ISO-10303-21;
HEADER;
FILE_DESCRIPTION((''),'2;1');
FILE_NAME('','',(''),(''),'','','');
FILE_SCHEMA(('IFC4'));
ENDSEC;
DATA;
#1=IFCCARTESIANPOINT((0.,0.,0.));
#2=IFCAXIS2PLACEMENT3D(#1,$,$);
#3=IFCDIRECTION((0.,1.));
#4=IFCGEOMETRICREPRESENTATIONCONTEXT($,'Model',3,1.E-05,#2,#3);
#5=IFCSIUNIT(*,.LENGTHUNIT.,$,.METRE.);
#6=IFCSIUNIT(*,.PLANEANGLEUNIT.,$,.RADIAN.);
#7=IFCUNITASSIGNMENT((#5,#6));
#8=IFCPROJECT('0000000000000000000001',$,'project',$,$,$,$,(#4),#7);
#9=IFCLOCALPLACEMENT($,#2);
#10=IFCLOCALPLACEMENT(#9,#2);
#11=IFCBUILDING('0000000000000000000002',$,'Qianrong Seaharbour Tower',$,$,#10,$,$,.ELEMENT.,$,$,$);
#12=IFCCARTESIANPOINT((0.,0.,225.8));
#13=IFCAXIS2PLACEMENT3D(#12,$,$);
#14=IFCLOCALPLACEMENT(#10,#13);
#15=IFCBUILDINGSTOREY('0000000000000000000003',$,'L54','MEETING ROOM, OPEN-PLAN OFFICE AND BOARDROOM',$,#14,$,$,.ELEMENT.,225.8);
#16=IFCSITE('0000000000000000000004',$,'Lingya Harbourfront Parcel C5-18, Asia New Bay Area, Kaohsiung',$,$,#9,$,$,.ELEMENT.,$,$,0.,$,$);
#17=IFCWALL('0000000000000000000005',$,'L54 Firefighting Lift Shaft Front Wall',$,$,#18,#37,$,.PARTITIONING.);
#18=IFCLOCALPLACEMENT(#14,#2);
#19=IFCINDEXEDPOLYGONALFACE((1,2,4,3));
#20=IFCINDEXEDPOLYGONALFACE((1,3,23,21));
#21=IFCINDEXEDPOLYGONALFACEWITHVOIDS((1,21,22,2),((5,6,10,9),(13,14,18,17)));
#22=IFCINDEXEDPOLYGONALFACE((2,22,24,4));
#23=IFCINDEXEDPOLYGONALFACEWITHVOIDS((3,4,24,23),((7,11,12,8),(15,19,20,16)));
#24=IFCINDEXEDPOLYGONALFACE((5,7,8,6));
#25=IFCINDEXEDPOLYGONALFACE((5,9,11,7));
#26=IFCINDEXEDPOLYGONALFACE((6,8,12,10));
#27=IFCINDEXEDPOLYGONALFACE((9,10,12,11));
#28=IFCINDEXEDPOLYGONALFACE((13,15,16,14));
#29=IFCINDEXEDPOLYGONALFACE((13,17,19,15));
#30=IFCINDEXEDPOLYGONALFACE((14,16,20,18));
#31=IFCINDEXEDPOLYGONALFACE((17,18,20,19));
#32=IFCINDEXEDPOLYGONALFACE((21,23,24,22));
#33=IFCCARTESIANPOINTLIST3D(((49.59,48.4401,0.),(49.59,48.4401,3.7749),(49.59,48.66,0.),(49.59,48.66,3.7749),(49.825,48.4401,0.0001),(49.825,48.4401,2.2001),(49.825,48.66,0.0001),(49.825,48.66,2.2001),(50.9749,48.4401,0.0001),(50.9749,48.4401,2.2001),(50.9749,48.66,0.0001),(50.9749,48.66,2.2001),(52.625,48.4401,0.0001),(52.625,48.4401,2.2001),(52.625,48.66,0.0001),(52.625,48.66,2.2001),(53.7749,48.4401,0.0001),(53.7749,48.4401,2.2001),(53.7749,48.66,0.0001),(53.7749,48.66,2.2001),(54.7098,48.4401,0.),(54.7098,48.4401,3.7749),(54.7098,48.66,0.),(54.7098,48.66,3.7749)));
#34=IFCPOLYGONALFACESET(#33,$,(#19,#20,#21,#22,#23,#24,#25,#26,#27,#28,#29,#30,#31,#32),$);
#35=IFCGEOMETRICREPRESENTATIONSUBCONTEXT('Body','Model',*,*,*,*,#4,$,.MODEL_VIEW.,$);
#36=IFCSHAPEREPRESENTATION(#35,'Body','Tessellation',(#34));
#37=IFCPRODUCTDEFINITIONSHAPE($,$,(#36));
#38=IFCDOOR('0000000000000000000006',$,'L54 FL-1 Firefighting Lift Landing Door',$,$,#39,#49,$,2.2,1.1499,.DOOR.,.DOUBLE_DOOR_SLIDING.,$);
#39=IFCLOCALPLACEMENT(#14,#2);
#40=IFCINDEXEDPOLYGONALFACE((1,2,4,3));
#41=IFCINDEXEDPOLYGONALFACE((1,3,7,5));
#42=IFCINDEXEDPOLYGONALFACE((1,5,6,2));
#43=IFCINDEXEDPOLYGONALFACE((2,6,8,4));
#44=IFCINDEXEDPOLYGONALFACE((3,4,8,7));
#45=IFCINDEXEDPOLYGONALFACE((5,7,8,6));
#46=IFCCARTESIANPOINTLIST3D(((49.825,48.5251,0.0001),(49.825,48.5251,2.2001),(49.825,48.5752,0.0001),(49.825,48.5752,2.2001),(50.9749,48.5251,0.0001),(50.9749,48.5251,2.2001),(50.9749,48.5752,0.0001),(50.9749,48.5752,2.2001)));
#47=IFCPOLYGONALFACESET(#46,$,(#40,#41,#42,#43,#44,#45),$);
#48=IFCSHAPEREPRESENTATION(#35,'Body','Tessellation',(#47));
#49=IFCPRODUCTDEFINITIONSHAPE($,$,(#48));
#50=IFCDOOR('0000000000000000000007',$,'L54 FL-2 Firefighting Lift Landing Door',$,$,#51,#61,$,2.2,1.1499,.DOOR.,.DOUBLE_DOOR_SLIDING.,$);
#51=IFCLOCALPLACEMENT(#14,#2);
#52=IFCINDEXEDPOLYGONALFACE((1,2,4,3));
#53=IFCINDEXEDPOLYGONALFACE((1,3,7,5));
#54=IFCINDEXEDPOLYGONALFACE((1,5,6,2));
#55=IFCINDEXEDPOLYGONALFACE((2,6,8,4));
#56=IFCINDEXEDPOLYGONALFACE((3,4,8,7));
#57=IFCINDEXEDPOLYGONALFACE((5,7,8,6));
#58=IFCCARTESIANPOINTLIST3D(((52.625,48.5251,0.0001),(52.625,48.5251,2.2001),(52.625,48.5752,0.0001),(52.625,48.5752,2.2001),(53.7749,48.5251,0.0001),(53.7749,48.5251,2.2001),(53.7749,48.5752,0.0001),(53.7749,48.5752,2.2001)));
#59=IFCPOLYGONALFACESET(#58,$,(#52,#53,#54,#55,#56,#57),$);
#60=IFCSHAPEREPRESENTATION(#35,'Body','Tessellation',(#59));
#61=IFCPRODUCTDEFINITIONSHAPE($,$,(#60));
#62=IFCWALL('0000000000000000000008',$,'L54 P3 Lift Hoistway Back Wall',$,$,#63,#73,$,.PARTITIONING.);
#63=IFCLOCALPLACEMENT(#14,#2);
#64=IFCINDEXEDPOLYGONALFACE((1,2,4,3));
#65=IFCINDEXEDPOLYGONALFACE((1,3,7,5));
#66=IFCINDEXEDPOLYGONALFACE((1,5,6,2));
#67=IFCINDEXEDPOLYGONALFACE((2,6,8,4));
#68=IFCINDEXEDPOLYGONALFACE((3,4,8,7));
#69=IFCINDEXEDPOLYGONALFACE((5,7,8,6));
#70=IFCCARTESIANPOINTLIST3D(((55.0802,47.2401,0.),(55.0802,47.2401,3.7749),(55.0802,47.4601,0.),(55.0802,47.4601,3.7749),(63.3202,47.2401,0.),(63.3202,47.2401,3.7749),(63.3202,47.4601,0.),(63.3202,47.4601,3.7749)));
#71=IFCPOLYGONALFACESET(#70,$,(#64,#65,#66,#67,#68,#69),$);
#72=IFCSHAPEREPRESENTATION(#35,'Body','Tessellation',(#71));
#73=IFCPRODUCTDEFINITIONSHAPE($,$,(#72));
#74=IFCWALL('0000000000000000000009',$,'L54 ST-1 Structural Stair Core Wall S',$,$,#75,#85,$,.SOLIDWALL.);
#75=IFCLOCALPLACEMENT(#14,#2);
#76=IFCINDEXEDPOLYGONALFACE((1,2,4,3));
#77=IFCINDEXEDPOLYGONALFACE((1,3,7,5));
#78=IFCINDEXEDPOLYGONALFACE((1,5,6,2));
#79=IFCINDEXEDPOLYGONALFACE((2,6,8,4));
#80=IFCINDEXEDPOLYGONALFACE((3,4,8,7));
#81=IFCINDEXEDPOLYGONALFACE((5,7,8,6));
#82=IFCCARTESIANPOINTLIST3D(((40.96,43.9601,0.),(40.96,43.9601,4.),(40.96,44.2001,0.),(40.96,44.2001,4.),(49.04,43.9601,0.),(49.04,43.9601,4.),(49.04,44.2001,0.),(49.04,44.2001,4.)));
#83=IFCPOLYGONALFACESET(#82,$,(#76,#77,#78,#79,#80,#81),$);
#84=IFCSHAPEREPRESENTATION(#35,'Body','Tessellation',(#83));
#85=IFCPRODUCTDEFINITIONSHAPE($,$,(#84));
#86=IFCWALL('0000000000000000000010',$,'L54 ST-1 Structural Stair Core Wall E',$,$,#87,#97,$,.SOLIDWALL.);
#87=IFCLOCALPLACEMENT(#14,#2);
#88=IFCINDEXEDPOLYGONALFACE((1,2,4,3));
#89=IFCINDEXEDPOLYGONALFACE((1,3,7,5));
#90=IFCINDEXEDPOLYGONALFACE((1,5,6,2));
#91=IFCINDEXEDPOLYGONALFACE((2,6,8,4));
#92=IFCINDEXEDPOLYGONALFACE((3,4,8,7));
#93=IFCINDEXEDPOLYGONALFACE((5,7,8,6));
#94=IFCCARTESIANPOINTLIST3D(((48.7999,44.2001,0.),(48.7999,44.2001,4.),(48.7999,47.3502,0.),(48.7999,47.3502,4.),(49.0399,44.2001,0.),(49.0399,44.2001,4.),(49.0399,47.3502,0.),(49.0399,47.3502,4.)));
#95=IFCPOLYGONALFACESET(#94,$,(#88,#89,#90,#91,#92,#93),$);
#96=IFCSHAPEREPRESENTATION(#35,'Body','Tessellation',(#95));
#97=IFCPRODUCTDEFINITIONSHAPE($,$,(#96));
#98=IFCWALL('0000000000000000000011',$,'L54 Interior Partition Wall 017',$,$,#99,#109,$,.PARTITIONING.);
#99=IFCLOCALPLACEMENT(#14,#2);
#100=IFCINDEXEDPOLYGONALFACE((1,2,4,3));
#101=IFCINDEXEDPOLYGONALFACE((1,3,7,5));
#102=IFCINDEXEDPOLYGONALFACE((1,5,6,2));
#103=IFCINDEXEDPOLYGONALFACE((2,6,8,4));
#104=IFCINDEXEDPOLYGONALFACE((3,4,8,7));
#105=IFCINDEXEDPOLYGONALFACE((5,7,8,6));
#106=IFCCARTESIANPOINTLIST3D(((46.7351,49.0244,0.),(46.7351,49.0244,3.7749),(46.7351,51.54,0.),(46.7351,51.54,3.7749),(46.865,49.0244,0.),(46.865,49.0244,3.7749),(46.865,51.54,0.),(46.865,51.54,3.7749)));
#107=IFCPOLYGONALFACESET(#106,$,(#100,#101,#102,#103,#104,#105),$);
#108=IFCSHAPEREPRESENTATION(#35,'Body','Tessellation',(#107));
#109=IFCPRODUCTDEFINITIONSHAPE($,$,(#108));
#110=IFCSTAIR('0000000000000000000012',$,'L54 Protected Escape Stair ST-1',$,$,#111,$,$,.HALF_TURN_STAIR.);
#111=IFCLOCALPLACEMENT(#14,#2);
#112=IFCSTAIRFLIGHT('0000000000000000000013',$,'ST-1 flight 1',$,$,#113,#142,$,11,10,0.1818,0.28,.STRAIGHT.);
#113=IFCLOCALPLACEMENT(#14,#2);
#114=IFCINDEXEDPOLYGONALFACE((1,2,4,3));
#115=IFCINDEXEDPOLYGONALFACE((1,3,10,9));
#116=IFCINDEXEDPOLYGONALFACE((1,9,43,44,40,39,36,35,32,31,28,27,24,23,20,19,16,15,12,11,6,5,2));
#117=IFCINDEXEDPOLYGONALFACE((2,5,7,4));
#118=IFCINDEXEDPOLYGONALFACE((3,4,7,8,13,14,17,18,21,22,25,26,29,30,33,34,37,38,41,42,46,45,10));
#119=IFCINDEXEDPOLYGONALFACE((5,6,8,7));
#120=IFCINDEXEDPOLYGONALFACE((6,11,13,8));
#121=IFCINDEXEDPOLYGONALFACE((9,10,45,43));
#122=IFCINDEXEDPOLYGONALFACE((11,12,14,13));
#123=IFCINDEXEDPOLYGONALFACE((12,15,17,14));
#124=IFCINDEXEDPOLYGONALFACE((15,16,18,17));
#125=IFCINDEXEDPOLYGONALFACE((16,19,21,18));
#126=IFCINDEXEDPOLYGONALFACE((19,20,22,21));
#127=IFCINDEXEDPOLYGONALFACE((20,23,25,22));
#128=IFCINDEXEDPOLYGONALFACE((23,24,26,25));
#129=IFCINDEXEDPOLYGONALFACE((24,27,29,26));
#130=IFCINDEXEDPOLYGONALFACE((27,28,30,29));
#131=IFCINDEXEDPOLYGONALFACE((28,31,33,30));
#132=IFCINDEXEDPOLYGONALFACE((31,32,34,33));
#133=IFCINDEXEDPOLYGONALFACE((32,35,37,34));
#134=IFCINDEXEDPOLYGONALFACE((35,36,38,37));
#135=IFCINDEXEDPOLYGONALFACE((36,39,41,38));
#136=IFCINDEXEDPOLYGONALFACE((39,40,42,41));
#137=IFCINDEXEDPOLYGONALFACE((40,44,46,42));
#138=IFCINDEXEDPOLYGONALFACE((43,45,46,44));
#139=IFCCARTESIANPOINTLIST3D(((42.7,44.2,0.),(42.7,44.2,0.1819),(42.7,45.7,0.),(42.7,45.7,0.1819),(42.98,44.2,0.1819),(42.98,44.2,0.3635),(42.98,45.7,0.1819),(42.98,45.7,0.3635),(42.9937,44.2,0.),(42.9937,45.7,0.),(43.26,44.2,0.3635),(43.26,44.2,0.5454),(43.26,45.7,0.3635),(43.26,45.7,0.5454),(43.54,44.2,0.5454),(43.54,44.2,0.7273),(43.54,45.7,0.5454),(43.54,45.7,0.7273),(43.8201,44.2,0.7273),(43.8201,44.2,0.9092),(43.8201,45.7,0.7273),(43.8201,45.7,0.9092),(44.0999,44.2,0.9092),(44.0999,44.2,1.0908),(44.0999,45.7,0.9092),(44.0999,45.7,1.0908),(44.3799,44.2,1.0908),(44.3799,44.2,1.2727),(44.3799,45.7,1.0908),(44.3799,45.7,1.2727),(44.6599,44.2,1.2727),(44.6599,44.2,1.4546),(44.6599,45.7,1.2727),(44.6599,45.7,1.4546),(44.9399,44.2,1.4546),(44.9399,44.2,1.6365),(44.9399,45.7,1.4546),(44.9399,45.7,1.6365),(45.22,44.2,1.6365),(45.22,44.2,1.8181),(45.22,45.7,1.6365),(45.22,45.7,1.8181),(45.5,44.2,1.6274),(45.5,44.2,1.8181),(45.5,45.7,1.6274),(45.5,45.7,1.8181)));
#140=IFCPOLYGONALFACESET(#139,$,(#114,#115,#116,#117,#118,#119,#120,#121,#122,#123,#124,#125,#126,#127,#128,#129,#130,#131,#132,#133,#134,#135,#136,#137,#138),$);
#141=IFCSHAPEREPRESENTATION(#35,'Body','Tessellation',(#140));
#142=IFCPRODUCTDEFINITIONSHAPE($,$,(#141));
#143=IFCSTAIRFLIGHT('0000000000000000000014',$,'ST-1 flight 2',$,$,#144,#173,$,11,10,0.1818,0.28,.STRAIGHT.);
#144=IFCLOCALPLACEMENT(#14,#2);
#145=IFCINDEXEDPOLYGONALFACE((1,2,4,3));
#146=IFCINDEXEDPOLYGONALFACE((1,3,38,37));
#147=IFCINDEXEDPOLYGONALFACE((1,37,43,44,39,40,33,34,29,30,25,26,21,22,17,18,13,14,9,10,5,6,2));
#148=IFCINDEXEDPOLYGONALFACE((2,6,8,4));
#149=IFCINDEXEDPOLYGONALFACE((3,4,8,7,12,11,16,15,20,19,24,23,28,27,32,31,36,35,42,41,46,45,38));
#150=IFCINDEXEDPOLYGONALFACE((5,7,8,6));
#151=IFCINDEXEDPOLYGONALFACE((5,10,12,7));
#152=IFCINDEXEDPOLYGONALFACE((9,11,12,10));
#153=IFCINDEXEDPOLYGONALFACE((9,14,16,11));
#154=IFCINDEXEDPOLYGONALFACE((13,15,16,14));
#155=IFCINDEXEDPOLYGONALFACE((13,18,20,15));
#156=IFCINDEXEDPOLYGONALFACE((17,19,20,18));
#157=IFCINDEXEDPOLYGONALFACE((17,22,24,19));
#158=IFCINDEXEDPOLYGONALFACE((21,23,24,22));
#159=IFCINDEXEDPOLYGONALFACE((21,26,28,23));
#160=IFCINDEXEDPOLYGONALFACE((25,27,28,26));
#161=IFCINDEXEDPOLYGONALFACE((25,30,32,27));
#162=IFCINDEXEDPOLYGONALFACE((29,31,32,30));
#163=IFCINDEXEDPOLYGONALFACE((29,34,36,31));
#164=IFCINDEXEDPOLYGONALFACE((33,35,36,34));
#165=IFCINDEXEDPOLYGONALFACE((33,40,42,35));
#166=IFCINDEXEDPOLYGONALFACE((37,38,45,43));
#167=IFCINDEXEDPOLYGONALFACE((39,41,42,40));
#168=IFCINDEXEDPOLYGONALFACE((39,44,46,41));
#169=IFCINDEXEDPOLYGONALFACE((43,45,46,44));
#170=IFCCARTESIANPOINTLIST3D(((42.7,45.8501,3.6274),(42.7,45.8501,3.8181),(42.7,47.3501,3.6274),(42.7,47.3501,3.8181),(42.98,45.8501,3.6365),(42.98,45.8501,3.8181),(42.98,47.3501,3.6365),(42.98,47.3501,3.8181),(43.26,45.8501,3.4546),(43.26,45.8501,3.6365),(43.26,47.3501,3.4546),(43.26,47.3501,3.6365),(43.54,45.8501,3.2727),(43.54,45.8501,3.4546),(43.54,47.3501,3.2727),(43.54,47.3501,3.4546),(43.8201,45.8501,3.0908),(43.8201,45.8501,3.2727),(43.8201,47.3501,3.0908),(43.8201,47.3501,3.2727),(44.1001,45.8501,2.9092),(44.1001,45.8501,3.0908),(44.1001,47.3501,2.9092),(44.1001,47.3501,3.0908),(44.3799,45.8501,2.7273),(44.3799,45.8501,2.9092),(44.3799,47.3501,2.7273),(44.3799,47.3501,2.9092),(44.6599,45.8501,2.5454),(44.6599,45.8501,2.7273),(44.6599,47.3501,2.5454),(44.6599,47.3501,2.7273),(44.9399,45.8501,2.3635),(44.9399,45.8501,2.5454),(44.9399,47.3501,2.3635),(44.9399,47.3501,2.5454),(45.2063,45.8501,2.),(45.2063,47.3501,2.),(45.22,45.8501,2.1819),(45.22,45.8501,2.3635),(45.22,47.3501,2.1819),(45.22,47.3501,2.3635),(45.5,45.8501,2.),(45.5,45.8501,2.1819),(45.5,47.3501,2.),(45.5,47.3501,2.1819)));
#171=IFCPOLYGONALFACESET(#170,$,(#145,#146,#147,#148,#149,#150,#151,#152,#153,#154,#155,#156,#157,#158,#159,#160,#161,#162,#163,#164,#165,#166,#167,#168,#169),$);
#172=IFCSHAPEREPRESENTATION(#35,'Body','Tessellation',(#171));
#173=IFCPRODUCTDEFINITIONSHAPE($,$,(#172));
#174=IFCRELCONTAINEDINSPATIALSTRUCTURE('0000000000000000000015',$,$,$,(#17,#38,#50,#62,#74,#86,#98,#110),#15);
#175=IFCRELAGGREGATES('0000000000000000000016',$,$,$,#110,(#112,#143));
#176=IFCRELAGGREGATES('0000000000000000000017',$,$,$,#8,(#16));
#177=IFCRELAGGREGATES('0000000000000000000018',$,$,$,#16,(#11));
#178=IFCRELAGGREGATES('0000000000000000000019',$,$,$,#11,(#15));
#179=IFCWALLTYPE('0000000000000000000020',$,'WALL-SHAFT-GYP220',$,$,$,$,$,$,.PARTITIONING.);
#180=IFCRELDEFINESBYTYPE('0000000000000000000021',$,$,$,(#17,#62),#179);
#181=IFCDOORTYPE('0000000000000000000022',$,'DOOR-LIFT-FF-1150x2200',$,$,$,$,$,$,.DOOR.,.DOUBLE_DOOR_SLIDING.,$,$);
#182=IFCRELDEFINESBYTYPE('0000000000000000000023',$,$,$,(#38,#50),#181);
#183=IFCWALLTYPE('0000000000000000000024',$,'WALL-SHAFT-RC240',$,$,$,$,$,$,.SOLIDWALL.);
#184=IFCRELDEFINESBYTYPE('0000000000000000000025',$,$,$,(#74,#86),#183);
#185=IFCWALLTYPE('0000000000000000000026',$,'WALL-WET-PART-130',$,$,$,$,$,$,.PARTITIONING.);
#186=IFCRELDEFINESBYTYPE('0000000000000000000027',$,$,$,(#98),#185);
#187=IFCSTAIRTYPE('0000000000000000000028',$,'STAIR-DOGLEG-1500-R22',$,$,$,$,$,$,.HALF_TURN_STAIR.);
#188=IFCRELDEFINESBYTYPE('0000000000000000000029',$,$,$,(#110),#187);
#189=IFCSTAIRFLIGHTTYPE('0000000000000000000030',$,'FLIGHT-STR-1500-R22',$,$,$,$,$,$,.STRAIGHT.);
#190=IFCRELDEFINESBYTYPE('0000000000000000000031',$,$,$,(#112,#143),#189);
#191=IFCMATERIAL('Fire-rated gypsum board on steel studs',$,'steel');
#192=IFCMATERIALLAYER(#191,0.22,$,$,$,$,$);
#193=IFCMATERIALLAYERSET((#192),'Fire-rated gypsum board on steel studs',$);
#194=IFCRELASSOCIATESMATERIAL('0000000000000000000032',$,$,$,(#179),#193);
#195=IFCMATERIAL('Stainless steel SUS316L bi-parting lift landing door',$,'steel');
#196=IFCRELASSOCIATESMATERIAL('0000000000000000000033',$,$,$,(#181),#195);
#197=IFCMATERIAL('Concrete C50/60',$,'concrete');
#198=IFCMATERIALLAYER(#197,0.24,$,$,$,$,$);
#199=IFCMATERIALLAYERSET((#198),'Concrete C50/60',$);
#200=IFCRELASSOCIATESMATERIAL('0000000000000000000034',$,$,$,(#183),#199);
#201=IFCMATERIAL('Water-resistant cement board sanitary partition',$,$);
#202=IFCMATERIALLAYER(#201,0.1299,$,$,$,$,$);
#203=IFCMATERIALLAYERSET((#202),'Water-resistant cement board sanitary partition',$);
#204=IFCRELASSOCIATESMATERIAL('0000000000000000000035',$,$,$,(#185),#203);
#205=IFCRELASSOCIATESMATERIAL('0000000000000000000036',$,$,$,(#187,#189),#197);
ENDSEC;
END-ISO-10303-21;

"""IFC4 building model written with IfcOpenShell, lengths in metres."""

from ifc_helpers import new_model, si_unit, direction, frame, frame_2d, origin, place, context, subcontext, project, spatial, polyline, rectangle, outline, extrude, material, layer, layer_set, type_object, element, fill, aggregate, save


model = new_model("IFC4")

# Units and contexts
model_context = context("Model", 3, precision=1e-05, world=origin(), true_north=direction((0.0, 1.0)))
body_context = subcontext(model_context, "Body", "Model", "MODEL_VIEW")
ifc_project = project(units=[si_unit("LENGTHUNIT", "METRE"), si_unit("PLANEANGLEUNIT", "RADIAN")], contexts=[model_context])

# Site, building, storey
site_placement = place(None, origin())
site = spatial("IfcSite", under=ifc_project, at=site_placement, Name="Lingya Harbourfront Parcel C5-18, Asia New Bay Area, Kaohsiung", CompositionType="ELEMENT", RefElevation=0.0)
building_placement = place(site_placement, origin())
building = spatial("IfcBuilding", under=site, at=building_placement, Name="Qianrong Seaharbour Tower", CompositionType="ELEMENT")
storey_placement = place(building_placement, frame((0.0, 0.0, 225.8)))
storey = spatial("IfcBuildingStorey", under=building, at=storey_placement, Name="L54", Description="MEETING ROOM, OPEN-PLAN OFFICE AND BOARDROOM", CompositionType="ELEMENT", Elevation=225.8)

# Shared definitions
ifc_material_1 = material(Name="Concrete C50/60", Category="concrete")

# Shared definitions
ifc_material_2 = material(Name="Fire-rated gypsum board on steel studs", Category="steel")

# Wall, openings, doors
ifc_layer_1 = layer(ifc_material_2, 0.22)
ifc_layer_set_1 = layer_set([ifc_layer_1], Name="Fire-rated gypsum board on steel studs")
wall_type_1 = type_object("IfcWallType", Name="WALL-SHAFT-GYP220", PredefinedType="PARTITIONING", material=ifc_layer_set_1)
wall_1_placement = place(storey_placement, frame((54.71, 48.55, 0.0), z_axis=(0.0, 0.0, 1.0), x_axis=(-1.0, 0.0, 0.0)))
wall_1 = element("IfcWall", 1, at=wall_1_placement, inside=storey, type_object=wall_type_1, Name="L54 Firefighting Lift Shaft Front Wall", PredefinedType="PARTITIONING", context=body_context, shape_type="SweptSolid", body=[
    extrude(rectangle(XDim=5.1199, YDim=0.22, at=frame_2d((2.5601, 0.0))), origin(), (0.0, 0.0, 1.0), 3.7749),
])
opening_1_placement = place(wall_1_placement, frame((3.7351, 0.0, 0.0)))
opening_1 = element("IfcOpeningElement", 2, at=opening_1_placement, cuts=wall_1, PredefinedType="OPENING", context=body_context, shape_type="SweptSolid", body=[
    extrude(rectangle(XDim=1.1499, YDim=2.2, at=frame_2d((0.575, 1.1001))), frame((0.0, 0.1201, 0.0), z_axis=(0.0, -1.0, 0.0), x_axis=(1.0, 0.0, 0.0)), (0.0, 0.0, 1.0), 0.24),
])
opening_2_placement = place(wall_1_placement, frame((0.9351, 0.0, 0.0)))
opening_2 = element("IfcOpeningElement", 3, at=opening_2_placement, cuts=wall_1, PredefinedType="OPENING", context=body_context, shape_type="SweptSolid", body=[
    extrude(rectangle(XDim=1.1499, YDim=2.2, at=frame_2d((0.575, 1.1001))), frame((0.0, 0.1201, 0.0), z_axis=(0.0, -1.0, 0.0), x_axis=(1.0, 0.0, 0.0)), (0.0, 0.0, 1.0), 0.24),
])
ifc_material_3 = material(Name="Stainless steel SUS316L bi-parting lift landing door", Category="steel")
door_type_1 = type_object("IfcDoorType", Name="DOOR-LIFT-FF-1150x2200", OperationType="DOUBLE_DOOR_SLIDING", PredefinedType="DOOR", material=ifc_material_3)
door_1_placement = place(opening_1_placement, origin())
door_1 = element("IfcDoor", 4, at=door_1_placement, inside=storey, type_object=door_type_1, Name="L54 FL-1 Firefighting Lift Landing Door", OperationType="DOUBLE_DOOR_SLIDING", OverallHeight=2.2, OverallWidth=1.1499, PredefinedType="DOOR", context=body_context, shape_type="SweptSolid", body=[
    extrude(rectangle(XDim=1.1499, YDim=2.2, at=frame_2d((0.575, 1.1001))), frame((0.0, 0.0249, 0.0), z_axis=(0.0, -1.0, 0.0), x_axis=(1.0, 0.0, 0.0)), (0.0, 0.0, 1.0), 0.05),
])
fill(opening_1, door_1)
door_2_placement = place(opening_2_placement, origin())
door_2 = element("IfcDoor", 5, at=door_2_placement, inside=storey, type_object=door_type_1, Name="L54 FL-2 Firefighting Lift Landing Door", OperationType="DOUBLE_DOOR_SLIDING", OverallHeight=2.2, OverallWidth=1.1499, PredefinedType="DOOR", context=body_context, shape_type="SweptSolid", body=[
    extrude(rectangle(XDim=1.1499, YDim=2.2, at=frame_2d((0.575, 1.1001))), frame((0.0, 0.0249, 0.0), z_axis=(0.0, -1.0, 0.0), x_axis=(1.0, 0.0, 0.0)), (0.0, 0.0, 1.0), 0.05),
])
fill(opening_2, door_2)

# Walls
wall_2_placement = place(storey_placement, frame((55.0801, 47.3501, 0.0), z_axis=(0.0, 0.0, 1.0), x_axis=(1.0, 0.0, 0.0)))
element("IfcWall", 6, at=wall_2_placement, inside=storey, type_object=wall_type_1, Name="L54 P3 Lift Hoistway Back Wall", PredefinedType="PARTITIONING", context=body_context, shape_type="SweptSolid", body=[
    extrude(rectangle(XDim=8.24, YDim=0.22, at=frame_2d((4.1201, 0.0))), origin(), (0.0, 0.0, 1.0), 3.7749),
])
ifc_layer_2 = layer(ifc_material_1, 0.24)
ifc_layer_set_2 = layer_set([ifc_layer_2], Name="Concrete C50/60")
wall_type_2 = type_object("IfcWallType", Name="WALL-SHAFT-RC240", PredefinedType="SOLIDWALL", material=ifc_layer_set_2)
wall_3_placement = place(storey_placement, frame((49.04, 44.0801, 0.0), z_axis=(0.0, 0.0, 1.0), x_axis=(-1.0, 0.0, 0.0)))
element("IfcWall", 7, at=wall_3_placement, inside=storey, type_object=wall_type_2, Name="L54 ST-1 Structural Stair Core Wall S", PredefinedType="SOLIDWALL", context=body_context, shape_type="SweptSolid", body=[
    extrude(rectangle(XDim=8.0801, YDim=0.24, at=frame_2d((4.04, 0.0))), origin(), (0.0, 0.0, 1.0), 4.0),
])
wall_4_placement = place(storey_placement, frame((48.9199, 44.2, 0.0), z_axis=(0.0, 0.0, 1.0), x_axis=(0.0, 1.0, 0.0)))
element("IfcWall", 8, at=wall_4_placement, inside=storey, type_object=wall_type_2, Name="L54 ST-1 Structural Stair Core Wall E", PredefinedType="SOLIDWALL", context=body_context, shape_type="SweptSolid", body=[
    extrude(rectangle(XDim=3.1501, YDim=0.24, at=frame_2d((1.5752, 0.0))), origin(), (0.0, 0.0, 1.0), 4.0),
])
ifc_material_4 = material(Name="Water-resistant cement board sanitary partition")
ifc_layer_3 = layer(ifc_material_4, 0.1299)
ifc_layer_set_3 = layer_set([ifc_layer_3], Name="Water-resistant cement board sanitary partition")
wall_type_3 = type_object("IfcWallType", Name="WALL-WET-PART-130", PredefinedType="PARTITIONING", material=ifc_layer_set_3)
wall_5_placement = place(storey_placement, frame((46.8, 51.54, 0.0), z_axis=(0.0, 0.0, 1.0), x_axis=(0.0, -1.0, 0.0)))
element("IfcWall", 9, at=wall_5_placement, inside=storey, type_object=wall_type_3, Name="L54 Interior Partition Wall 017", PredefinedType="PARTITIONING", context=body_context, shape_type="SweptSolid", body=[
    extrude(rectangle(XDim=2.5156, YDim=0.1299, at=frame_2d((1.2578, 0.0))), origin(), (0.0, 0.0, 1.0), 3.7749),
])

# Stair, stair flights
stair_type = type_object("IfcStairType", Name="STAIR-DOGLEG-1500-R22", PredefinedType="HALF_TURN_STAIR", material=ifc_material_1)
stair_placement = place(storey_placement, origin())
stair = element("IfcStair", 10, at=stair_placement, inside=storey, type_object=stair_type, Name="L54 Protected Escape Stair ST-1", PredefinedType="HALF_TURN_STAIR")
stair_flight_type = type_object("IfcStairFlightType", Name="FLIGHT-STR-1500-R22", PredefinedType="STRAIGHT", material=ifc_material_1)
stair_flight_1_placement = place(storey_placement, frame((42.7, 44.95, 0.0), z_axis=(0.0, 0.0, 1.0), x_axis=(1.0, 0.0, 0.0)))
stair_flight_1 = element("IfcStairFlight", 11, at=stair_flight_1_placement, type_object=stair_flight_type, Name="ST-1 flight 1", NumberOfRisers=11, NumberOfTreads=10, PredefinedType="STRAIGHT", RiserHeight=0.1818, TreadLength=0.28, context=body_context, shape_type="SweptSolid", body=[
    extrude(outline(polyline([(0.0, 0.0), (0.0, 0.1819), (0.28, 0.1819), (0.28, 0.3635), (0.5601, 0.3635), (0.5601, 0.5454), (0.8401, 0.5454), (0.8401, 0.7273), (1.1201, 0.7273), (1.1201, 0.9092), (1.3999, 0.9092), (1.3999, 1.0908), (1.6799, 1.0908), (1.6799, 1.2727), (1.96, 1.2727), (1.96, 1.4546), (2.24, 1.4546), (2.24, 1.6365), (2.52, 1.6365), (2.52, 1.8181), (2.8, 1.8181), (2.8, 2.0), (2.8, 1.6274), (0.2937, 0.0), (0.0, 0.0)])), frame((0.0, 0.75, 0.0), z_axis=(0.0, -1.0, 0.0), x_axis=(1.0, 0.0, 0.0)), (0.0, 0.0, 1.0), 1.5),
])
stair_flight_2_placement = place(storey_placement, frame((45.5, 46.6001, 2.0), z_axis=(0.0, 0.0, 1.0), x_axis=(-1.0, 0.0, 0.0)))
stair_flight_2 = element("IfcStairFlight", 12, at=stair_flight_2_placement, type_object=stair_flight_type, Name="ST-1 flight 2", NumberOfRisers=11, NumberOfTreads=10, PredefinedType="STRAIGHT", RiserHeight=0.1818, TreadLength=0.28, context=body_context, shape_type="SweptSolid", body=[
    extrude(outline(polyline([(0.0, 0.0), (0.0, 0.1819), (0.28, 0.1819), (0.28, 0.3635), (0.5601, 0.3635), (0.5601, 0.5454), (0.8401, 0.5454), (0.8401, 0.7273), (1.1201, 0.7273), (1.1201, 0.9092), (1.3999, 0.9092), (1.3999, 1.0908), (1.6799, 1.0908), (1.6799, 1.2727), (1.96, 1.2727), (1.96, 1.4546), (2.24, 1.4546), (2.24, 1.6365), (2.52, 1.6365), (2.52, 1.8181), (2.8, 1.8181), (2.8, 2.0), (2.8, 1.6274), (0.2937, 0.0), (0.0, 0.0)])), frame((0.0, 0.75, 0.0), z_axis=(0.0, -1.0, 0.0), x_axis=(1.0, 0.0, 0.0)), (0.0, 0.0, 1.0), 1.5),
])
aggregate(stair, [stair_flight_1, stair_flight_2])

save(model, "model.ifc")
